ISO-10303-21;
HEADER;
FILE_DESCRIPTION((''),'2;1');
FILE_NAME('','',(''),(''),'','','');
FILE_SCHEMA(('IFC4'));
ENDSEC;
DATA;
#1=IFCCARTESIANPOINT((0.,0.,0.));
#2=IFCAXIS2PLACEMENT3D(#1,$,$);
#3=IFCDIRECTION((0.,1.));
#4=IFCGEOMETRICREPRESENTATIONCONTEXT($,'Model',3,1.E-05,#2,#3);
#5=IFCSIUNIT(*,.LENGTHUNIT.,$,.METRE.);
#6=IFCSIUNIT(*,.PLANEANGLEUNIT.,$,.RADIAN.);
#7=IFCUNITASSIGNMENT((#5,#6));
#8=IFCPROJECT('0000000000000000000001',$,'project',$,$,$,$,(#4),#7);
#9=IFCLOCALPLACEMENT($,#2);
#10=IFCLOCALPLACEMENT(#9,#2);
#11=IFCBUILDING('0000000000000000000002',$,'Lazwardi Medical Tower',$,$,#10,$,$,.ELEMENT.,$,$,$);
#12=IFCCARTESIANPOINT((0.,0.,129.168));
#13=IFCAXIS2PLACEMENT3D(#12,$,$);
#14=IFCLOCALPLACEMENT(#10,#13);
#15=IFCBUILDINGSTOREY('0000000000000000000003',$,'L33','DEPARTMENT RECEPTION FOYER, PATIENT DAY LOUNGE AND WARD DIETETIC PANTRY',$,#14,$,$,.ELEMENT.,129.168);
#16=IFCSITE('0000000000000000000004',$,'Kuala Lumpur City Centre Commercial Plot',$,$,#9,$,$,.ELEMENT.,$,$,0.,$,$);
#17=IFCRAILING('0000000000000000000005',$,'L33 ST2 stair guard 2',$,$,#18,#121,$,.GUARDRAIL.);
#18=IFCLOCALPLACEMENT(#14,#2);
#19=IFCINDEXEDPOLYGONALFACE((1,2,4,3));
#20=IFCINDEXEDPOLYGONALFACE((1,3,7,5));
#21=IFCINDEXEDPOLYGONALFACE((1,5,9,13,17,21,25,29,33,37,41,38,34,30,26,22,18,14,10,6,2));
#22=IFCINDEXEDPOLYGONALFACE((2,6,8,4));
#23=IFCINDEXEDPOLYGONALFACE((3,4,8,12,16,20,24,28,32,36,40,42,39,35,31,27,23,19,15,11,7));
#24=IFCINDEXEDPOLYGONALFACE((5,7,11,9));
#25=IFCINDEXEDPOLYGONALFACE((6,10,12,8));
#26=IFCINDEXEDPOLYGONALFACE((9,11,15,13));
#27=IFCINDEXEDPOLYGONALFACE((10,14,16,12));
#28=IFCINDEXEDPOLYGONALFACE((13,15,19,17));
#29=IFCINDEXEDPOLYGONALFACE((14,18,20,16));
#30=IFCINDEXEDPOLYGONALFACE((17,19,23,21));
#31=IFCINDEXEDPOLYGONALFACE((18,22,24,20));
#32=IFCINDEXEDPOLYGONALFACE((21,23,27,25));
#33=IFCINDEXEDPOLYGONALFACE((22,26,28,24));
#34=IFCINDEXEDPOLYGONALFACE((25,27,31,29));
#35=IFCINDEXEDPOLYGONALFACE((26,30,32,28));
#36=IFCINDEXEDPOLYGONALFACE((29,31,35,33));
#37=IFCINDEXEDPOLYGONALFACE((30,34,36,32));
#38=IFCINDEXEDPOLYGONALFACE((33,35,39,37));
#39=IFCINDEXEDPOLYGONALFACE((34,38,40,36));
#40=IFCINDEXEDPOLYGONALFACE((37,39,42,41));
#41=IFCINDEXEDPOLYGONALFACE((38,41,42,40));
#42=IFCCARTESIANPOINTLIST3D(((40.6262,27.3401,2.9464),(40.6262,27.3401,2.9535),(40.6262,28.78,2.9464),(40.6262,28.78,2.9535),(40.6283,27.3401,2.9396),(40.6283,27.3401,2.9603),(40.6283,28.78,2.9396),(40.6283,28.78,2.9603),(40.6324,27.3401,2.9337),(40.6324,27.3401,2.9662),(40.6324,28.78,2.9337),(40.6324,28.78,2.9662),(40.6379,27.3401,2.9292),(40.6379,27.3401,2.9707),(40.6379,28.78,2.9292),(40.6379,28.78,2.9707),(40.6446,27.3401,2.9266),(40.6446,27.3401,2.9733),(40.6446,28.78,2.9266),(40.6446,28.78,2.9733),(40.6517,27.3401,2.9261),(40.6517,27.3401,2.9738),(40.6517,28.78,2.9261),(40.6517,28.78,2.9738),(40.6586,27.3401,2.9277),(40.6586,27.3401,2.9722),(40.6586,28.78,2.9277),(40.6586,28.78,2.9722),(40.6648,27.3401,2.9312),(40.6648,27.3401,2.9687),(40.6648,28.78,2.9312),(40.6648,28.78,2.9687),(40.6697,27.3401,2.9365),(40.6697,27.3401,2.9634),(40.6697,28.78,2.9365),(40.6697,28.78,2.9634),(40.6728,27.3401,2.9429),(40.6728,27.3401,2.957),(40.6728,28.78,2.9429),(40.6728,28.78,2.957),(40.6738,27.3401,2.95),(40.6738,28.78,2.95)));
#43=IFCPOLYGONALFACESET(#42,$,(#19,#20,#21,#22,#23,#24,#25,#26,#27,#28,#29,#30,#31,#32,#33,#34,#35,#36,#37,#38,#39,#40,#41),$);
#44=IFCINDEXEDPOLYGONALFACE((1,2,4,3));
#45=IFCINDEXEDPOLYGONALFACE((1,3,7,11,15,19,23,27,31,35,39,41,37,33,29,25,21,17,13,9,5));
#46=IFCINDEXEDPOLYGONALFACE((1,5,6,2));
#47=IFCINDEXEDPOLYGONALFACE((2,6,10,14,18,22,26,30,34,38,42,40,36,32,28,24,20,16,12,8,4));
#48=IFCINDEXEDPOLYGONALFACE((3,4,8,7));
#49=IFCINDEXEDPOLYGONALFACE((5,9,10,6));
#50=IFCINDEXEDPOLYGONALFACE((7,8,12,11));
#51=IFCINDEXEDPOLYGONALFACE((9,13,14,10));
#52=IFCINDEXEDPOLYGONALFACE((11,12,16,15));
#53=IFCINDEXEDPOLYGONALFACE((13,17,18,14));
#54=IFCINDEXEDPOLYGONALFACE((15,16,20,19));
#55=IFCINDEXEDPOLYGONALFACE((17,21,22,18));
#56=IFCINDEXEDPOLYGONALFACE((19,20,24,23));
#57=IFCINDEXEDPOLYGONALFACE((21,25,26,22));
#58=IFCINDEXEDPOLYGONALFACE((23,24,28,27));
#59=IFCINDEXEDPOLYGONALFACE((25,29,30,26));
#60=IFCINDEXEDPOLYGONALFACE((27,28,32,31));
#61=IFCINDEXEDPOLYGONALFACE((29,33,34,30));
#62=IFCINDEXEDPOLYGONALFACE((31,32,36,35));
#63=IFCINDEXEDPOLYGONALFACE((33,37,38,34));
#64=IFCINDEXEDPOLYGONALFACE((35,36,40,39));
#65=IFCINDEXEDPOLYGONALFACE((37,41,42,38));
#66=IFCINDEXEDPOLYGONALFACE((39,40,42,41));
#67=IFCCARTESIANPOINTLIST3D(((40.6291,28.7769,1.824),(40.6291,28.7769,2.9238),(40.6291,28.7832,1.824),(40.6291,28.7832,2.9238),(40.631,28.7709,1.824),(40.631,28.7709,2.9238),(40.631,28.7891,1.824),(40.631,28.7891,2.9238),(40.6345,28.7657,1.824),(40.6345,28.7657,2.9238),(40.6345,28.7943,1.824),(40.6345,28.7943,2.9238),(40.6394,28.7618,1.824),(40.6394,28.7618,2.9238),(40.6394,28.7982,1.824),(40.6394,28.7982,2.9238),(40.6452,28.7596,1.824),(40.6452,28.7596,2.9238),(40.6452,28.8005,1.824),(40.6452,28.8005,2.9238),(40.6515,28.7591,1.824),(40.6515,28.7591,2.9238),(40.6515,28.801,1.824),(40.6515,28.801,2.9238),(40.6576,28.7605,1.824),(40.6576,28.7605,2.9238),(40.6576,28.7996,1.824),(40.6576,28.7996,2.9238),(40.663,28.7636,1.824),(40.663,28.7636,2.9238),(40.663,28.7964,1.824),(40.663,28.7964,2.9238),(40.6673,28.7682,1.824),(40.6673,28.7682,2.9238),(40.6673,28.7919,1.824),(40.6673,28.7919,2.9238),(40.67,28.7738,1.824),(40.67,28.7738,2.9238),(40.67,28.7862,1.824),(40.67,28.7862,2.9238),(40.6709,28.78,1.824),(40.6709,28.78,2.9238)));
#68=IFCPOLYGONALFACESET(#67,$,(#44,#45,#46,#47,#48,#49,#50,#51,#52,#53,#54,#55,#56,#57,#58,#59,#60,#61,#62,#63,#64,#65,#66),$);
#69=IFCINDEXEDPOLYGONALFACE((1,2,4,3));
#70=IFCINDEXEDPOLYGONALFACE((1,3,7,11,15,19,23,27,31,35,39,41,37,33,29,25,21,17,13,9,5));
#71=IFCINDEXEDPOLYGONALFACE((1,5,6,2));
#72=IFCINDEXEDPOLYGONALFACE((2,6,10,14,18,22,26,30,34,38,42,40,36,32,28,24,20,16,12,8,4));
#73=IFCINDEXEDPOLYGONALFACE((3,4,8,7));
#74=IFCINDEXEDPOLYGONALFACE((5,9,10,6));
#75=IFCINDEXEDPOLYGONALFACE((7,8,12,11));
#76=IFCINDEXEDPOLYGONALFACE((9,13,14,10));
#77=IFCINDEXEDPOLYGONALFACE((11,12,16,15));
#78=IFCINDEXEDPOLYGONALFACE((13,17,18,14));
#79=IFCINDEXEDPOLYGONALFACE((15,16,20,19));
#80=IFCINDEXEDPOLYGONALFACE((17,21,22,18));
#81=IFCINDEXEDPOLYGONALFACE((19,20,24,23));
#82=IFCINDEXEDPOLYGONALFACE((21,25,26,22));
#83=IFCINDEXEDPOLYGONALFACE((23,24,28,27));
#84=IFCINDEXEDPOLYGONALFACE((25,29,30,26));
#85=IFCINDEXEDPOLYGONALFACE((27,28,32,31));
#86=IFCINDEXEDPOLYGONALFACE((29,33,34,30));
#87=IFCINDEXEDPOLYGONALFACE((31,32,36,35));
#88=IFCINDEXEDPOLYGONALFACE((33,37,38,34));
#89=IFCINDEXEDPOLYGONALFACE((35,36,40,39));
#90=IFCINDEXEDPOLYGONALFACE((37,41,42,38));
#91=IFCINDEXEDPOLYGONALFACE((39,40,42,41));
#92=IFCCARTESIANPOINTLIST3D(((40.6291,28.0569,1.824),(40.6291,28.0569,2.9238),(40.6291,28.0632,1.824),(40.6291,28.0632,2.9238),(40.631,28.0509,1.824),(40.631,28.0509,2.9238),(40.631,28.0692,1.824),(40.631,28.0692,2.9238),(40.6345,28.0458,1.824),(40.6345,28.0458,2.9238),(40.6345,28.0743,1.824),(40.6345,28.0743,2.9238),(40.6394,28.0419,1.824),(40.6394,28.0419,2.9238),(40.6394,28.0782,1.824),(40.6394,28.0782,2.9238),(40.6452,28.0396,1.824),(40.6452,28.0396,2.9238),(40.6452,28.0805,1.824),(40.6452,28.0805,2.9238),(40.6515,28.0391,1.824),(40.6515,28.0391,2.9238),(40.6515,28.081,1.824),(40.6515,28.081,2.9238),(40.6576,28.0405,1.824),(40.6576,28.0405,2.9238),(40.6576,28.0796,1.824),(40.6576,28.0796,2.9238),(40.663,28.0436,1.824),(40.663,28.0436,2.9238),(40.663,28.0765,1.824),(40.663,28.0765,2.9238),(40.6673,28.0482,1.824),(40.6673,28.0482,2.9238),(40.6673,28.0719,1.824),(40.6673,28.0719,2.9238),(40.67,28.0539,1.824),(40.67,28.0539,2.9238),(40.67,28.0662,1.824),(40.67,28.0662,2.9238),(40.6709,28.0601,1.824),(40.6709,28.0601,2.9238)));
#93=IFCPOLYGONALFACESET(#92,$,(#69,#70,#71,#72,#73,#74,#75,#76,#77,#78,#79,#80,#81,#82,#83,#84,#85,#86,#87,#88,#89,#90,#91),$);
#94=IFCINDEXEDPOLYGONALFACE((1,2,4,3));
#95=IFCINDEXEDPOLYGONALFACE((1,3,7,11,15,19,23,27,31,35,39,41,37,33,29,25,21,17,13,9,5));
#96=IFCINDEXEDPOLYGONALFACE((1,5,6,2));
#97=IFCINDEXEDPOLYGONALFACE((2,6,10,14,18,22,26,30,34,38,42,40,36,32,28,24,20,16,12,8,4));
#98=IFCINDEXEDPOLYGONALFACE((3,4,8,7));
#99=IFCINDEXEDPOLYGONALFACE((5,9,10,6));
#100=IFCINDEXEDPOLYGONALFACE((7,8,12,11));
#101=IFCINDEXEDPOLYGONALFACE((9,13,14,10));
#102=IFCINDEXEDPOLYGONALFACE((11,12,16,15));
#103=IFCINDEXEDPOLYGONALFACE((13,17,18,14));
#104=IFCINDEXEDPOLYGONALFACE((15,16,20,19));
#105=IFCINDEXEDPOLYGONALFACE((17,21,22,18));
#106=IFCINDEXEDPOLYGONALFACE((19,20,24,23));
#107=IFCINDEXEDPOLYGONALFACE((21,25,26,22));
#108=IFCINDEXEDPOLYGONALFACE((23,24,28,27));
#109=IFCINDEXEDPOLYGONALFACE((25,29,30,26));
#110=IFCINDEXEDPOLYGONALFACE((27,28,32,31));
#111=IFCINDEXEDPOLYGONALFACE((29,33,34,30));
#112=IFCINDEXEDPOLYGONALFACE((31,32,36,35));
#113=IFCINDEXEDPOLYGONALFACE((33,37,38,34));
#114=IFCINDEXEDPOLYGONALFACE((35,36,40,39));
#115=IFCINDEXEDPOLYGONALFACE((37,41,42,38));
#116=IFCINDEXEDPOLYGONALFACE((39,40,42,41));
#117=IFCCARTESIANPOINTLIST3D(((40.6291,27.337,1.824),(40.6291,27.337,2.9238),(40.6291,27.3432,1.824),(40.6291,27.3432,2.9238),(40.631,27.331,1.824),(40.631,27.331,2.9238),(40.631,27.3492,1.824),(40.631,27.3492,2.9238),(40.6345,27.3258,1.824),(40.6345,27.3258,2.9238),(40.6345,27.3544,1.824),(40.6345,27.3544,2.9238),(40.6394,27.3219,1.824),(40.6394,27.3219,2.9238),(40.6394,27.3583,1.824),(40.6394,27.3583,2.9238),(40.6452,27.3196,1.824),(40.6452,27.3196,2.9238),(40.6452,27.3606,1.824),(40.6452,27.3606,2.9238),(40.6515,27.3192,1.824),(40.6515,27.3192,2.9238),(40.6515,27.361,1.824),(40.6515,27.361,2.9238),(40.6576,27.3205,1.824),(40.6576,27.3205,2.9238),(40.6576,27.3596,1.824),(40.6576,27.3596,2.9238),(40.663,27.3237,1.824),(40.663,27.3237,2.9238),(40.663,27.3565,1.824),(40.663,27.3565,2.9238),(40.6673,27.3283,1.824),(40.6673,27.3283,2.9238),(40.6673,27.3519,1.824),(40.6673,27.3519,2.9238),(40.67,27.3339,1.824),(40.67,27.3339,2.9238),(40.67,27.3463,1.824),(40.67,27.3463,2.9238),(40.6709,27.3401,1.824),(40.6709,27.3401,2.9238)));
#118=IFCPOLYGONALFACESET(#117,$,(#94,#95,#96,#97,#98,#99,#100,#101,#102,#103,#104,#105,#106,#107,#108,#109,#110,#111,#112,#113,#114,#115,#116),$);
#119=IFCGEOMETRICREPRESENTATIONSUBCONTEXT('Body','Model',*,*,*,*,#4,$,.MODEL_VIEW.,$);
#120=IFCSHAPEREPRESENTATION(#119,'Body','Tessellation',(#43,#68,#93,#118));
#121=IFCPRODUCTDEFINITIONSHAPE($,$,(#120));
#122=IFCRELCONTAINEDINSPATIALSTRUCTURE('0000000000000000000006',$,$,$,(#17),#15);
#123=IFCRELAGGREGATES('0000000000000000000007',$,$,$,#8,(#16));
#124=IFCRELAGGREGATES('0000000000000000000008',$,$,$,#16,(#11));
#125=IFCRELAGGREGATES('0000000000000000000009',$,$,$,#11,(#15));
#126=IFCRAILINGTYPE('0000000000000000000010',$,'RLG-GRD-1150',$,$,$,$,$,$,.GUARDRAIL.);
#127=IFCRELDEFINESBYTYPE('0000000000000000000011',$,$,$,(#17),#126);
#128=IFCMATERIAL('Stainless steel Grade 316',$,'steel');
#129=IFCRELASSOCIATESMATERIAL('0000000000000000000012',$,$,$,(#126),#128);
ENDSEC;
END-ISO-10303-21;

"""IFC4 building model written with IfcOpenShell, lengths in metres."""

from ifc_helpers import new_model, si_unit, direction, frame, origin, origin_2d, place, context, subcontext, project, spatial, circle, extrude, material, type_object, element, save


model = new_model("IFC4")

# Units and contexts
model_context = context("Model", 3, precision=1e-05, world=origin(), true_north=direction((0.0, 1.0)))
body_context = subcontext(model_context, "Body", "Model", "MODEL_VIEW")
ifc_project = project(units=[si_unit("LENGTHUNIT", "METRE"), si_unit("PLANEANGLEUNIT", "RADIAN")], contexts=[model_context])

# Site, building, storey
site_placement = place(None, origin())
site = spatial("IfcSite", under=ifc_project, at=site_placement, Name="Kuala Lumpur City Centre Commercial Plot", CompositionType="ELEMENT", RefElevation=0.0)
building_placement = place(site_placement, origin())
building = spatial("IfcBuilding", under=site, at=building_placement, Name="Lazwardi Medical Tower", CompositionType="ELEMENT")
storey_placement = place(building_placement, frame((0.0, 0.0, 129.168)))
storey = spatial("IfcBuildingStorey", under=building, at=storey_placement, Name="L33", Description="DEPARTMENT RECEPTION FOYER, PATIENT DAY LOUNGE AND WARD DIETETIC PANTRY", CompositionType="ELEMENT", Elevation=129.168)

# Railing
ifc_material_1 = material(Name="Stainless steel Grade 316", Category="steel")
railing_type_1 = type_object("IfcRailingType", Name="RLG-GRD-1150", PredefinedType="GUARDRAIL", material=ifc_material_1)
railing_1_placement = place(storey_placement, frame((40.6499, 28.78, 1.824)))
element("IfcRailing", 1, at=railing_1_placement, inside=storey, type_object=railing_type_1, Name="L33 ST2 stair guard 2", PredefinedType="GUARDRAIL", context=body_context, shape_type="SweptSolid", body=[
    extrude(circle(Radius=0.0239, at=origin_2d()), frame((0.0, 0.0, 1.126), z_axis=(0.0, -1.0, 0.0), x_axis=(1.0, 0.0, 0.0)), (0.0, 0.0, 1.0), 1.4399),
    extrude(circle(Radius=0.021, at=origin_2d()), origin(), (0.0, 0.0, 1.0), 1.0999),
    extrude(circle(Radius=0.021, at=origin_2d()), frame((0.0, -0.72, 0.0)), (0.0, 0.0, 1.0), 1.0999),
    extrude(circle(Radius=0.021, at=origin_2d()), frame((0.0, -1.4399, 0.0)), (0.0, 0.0, 1.0), 1.0999),
])

save(model, "model.ifc")
